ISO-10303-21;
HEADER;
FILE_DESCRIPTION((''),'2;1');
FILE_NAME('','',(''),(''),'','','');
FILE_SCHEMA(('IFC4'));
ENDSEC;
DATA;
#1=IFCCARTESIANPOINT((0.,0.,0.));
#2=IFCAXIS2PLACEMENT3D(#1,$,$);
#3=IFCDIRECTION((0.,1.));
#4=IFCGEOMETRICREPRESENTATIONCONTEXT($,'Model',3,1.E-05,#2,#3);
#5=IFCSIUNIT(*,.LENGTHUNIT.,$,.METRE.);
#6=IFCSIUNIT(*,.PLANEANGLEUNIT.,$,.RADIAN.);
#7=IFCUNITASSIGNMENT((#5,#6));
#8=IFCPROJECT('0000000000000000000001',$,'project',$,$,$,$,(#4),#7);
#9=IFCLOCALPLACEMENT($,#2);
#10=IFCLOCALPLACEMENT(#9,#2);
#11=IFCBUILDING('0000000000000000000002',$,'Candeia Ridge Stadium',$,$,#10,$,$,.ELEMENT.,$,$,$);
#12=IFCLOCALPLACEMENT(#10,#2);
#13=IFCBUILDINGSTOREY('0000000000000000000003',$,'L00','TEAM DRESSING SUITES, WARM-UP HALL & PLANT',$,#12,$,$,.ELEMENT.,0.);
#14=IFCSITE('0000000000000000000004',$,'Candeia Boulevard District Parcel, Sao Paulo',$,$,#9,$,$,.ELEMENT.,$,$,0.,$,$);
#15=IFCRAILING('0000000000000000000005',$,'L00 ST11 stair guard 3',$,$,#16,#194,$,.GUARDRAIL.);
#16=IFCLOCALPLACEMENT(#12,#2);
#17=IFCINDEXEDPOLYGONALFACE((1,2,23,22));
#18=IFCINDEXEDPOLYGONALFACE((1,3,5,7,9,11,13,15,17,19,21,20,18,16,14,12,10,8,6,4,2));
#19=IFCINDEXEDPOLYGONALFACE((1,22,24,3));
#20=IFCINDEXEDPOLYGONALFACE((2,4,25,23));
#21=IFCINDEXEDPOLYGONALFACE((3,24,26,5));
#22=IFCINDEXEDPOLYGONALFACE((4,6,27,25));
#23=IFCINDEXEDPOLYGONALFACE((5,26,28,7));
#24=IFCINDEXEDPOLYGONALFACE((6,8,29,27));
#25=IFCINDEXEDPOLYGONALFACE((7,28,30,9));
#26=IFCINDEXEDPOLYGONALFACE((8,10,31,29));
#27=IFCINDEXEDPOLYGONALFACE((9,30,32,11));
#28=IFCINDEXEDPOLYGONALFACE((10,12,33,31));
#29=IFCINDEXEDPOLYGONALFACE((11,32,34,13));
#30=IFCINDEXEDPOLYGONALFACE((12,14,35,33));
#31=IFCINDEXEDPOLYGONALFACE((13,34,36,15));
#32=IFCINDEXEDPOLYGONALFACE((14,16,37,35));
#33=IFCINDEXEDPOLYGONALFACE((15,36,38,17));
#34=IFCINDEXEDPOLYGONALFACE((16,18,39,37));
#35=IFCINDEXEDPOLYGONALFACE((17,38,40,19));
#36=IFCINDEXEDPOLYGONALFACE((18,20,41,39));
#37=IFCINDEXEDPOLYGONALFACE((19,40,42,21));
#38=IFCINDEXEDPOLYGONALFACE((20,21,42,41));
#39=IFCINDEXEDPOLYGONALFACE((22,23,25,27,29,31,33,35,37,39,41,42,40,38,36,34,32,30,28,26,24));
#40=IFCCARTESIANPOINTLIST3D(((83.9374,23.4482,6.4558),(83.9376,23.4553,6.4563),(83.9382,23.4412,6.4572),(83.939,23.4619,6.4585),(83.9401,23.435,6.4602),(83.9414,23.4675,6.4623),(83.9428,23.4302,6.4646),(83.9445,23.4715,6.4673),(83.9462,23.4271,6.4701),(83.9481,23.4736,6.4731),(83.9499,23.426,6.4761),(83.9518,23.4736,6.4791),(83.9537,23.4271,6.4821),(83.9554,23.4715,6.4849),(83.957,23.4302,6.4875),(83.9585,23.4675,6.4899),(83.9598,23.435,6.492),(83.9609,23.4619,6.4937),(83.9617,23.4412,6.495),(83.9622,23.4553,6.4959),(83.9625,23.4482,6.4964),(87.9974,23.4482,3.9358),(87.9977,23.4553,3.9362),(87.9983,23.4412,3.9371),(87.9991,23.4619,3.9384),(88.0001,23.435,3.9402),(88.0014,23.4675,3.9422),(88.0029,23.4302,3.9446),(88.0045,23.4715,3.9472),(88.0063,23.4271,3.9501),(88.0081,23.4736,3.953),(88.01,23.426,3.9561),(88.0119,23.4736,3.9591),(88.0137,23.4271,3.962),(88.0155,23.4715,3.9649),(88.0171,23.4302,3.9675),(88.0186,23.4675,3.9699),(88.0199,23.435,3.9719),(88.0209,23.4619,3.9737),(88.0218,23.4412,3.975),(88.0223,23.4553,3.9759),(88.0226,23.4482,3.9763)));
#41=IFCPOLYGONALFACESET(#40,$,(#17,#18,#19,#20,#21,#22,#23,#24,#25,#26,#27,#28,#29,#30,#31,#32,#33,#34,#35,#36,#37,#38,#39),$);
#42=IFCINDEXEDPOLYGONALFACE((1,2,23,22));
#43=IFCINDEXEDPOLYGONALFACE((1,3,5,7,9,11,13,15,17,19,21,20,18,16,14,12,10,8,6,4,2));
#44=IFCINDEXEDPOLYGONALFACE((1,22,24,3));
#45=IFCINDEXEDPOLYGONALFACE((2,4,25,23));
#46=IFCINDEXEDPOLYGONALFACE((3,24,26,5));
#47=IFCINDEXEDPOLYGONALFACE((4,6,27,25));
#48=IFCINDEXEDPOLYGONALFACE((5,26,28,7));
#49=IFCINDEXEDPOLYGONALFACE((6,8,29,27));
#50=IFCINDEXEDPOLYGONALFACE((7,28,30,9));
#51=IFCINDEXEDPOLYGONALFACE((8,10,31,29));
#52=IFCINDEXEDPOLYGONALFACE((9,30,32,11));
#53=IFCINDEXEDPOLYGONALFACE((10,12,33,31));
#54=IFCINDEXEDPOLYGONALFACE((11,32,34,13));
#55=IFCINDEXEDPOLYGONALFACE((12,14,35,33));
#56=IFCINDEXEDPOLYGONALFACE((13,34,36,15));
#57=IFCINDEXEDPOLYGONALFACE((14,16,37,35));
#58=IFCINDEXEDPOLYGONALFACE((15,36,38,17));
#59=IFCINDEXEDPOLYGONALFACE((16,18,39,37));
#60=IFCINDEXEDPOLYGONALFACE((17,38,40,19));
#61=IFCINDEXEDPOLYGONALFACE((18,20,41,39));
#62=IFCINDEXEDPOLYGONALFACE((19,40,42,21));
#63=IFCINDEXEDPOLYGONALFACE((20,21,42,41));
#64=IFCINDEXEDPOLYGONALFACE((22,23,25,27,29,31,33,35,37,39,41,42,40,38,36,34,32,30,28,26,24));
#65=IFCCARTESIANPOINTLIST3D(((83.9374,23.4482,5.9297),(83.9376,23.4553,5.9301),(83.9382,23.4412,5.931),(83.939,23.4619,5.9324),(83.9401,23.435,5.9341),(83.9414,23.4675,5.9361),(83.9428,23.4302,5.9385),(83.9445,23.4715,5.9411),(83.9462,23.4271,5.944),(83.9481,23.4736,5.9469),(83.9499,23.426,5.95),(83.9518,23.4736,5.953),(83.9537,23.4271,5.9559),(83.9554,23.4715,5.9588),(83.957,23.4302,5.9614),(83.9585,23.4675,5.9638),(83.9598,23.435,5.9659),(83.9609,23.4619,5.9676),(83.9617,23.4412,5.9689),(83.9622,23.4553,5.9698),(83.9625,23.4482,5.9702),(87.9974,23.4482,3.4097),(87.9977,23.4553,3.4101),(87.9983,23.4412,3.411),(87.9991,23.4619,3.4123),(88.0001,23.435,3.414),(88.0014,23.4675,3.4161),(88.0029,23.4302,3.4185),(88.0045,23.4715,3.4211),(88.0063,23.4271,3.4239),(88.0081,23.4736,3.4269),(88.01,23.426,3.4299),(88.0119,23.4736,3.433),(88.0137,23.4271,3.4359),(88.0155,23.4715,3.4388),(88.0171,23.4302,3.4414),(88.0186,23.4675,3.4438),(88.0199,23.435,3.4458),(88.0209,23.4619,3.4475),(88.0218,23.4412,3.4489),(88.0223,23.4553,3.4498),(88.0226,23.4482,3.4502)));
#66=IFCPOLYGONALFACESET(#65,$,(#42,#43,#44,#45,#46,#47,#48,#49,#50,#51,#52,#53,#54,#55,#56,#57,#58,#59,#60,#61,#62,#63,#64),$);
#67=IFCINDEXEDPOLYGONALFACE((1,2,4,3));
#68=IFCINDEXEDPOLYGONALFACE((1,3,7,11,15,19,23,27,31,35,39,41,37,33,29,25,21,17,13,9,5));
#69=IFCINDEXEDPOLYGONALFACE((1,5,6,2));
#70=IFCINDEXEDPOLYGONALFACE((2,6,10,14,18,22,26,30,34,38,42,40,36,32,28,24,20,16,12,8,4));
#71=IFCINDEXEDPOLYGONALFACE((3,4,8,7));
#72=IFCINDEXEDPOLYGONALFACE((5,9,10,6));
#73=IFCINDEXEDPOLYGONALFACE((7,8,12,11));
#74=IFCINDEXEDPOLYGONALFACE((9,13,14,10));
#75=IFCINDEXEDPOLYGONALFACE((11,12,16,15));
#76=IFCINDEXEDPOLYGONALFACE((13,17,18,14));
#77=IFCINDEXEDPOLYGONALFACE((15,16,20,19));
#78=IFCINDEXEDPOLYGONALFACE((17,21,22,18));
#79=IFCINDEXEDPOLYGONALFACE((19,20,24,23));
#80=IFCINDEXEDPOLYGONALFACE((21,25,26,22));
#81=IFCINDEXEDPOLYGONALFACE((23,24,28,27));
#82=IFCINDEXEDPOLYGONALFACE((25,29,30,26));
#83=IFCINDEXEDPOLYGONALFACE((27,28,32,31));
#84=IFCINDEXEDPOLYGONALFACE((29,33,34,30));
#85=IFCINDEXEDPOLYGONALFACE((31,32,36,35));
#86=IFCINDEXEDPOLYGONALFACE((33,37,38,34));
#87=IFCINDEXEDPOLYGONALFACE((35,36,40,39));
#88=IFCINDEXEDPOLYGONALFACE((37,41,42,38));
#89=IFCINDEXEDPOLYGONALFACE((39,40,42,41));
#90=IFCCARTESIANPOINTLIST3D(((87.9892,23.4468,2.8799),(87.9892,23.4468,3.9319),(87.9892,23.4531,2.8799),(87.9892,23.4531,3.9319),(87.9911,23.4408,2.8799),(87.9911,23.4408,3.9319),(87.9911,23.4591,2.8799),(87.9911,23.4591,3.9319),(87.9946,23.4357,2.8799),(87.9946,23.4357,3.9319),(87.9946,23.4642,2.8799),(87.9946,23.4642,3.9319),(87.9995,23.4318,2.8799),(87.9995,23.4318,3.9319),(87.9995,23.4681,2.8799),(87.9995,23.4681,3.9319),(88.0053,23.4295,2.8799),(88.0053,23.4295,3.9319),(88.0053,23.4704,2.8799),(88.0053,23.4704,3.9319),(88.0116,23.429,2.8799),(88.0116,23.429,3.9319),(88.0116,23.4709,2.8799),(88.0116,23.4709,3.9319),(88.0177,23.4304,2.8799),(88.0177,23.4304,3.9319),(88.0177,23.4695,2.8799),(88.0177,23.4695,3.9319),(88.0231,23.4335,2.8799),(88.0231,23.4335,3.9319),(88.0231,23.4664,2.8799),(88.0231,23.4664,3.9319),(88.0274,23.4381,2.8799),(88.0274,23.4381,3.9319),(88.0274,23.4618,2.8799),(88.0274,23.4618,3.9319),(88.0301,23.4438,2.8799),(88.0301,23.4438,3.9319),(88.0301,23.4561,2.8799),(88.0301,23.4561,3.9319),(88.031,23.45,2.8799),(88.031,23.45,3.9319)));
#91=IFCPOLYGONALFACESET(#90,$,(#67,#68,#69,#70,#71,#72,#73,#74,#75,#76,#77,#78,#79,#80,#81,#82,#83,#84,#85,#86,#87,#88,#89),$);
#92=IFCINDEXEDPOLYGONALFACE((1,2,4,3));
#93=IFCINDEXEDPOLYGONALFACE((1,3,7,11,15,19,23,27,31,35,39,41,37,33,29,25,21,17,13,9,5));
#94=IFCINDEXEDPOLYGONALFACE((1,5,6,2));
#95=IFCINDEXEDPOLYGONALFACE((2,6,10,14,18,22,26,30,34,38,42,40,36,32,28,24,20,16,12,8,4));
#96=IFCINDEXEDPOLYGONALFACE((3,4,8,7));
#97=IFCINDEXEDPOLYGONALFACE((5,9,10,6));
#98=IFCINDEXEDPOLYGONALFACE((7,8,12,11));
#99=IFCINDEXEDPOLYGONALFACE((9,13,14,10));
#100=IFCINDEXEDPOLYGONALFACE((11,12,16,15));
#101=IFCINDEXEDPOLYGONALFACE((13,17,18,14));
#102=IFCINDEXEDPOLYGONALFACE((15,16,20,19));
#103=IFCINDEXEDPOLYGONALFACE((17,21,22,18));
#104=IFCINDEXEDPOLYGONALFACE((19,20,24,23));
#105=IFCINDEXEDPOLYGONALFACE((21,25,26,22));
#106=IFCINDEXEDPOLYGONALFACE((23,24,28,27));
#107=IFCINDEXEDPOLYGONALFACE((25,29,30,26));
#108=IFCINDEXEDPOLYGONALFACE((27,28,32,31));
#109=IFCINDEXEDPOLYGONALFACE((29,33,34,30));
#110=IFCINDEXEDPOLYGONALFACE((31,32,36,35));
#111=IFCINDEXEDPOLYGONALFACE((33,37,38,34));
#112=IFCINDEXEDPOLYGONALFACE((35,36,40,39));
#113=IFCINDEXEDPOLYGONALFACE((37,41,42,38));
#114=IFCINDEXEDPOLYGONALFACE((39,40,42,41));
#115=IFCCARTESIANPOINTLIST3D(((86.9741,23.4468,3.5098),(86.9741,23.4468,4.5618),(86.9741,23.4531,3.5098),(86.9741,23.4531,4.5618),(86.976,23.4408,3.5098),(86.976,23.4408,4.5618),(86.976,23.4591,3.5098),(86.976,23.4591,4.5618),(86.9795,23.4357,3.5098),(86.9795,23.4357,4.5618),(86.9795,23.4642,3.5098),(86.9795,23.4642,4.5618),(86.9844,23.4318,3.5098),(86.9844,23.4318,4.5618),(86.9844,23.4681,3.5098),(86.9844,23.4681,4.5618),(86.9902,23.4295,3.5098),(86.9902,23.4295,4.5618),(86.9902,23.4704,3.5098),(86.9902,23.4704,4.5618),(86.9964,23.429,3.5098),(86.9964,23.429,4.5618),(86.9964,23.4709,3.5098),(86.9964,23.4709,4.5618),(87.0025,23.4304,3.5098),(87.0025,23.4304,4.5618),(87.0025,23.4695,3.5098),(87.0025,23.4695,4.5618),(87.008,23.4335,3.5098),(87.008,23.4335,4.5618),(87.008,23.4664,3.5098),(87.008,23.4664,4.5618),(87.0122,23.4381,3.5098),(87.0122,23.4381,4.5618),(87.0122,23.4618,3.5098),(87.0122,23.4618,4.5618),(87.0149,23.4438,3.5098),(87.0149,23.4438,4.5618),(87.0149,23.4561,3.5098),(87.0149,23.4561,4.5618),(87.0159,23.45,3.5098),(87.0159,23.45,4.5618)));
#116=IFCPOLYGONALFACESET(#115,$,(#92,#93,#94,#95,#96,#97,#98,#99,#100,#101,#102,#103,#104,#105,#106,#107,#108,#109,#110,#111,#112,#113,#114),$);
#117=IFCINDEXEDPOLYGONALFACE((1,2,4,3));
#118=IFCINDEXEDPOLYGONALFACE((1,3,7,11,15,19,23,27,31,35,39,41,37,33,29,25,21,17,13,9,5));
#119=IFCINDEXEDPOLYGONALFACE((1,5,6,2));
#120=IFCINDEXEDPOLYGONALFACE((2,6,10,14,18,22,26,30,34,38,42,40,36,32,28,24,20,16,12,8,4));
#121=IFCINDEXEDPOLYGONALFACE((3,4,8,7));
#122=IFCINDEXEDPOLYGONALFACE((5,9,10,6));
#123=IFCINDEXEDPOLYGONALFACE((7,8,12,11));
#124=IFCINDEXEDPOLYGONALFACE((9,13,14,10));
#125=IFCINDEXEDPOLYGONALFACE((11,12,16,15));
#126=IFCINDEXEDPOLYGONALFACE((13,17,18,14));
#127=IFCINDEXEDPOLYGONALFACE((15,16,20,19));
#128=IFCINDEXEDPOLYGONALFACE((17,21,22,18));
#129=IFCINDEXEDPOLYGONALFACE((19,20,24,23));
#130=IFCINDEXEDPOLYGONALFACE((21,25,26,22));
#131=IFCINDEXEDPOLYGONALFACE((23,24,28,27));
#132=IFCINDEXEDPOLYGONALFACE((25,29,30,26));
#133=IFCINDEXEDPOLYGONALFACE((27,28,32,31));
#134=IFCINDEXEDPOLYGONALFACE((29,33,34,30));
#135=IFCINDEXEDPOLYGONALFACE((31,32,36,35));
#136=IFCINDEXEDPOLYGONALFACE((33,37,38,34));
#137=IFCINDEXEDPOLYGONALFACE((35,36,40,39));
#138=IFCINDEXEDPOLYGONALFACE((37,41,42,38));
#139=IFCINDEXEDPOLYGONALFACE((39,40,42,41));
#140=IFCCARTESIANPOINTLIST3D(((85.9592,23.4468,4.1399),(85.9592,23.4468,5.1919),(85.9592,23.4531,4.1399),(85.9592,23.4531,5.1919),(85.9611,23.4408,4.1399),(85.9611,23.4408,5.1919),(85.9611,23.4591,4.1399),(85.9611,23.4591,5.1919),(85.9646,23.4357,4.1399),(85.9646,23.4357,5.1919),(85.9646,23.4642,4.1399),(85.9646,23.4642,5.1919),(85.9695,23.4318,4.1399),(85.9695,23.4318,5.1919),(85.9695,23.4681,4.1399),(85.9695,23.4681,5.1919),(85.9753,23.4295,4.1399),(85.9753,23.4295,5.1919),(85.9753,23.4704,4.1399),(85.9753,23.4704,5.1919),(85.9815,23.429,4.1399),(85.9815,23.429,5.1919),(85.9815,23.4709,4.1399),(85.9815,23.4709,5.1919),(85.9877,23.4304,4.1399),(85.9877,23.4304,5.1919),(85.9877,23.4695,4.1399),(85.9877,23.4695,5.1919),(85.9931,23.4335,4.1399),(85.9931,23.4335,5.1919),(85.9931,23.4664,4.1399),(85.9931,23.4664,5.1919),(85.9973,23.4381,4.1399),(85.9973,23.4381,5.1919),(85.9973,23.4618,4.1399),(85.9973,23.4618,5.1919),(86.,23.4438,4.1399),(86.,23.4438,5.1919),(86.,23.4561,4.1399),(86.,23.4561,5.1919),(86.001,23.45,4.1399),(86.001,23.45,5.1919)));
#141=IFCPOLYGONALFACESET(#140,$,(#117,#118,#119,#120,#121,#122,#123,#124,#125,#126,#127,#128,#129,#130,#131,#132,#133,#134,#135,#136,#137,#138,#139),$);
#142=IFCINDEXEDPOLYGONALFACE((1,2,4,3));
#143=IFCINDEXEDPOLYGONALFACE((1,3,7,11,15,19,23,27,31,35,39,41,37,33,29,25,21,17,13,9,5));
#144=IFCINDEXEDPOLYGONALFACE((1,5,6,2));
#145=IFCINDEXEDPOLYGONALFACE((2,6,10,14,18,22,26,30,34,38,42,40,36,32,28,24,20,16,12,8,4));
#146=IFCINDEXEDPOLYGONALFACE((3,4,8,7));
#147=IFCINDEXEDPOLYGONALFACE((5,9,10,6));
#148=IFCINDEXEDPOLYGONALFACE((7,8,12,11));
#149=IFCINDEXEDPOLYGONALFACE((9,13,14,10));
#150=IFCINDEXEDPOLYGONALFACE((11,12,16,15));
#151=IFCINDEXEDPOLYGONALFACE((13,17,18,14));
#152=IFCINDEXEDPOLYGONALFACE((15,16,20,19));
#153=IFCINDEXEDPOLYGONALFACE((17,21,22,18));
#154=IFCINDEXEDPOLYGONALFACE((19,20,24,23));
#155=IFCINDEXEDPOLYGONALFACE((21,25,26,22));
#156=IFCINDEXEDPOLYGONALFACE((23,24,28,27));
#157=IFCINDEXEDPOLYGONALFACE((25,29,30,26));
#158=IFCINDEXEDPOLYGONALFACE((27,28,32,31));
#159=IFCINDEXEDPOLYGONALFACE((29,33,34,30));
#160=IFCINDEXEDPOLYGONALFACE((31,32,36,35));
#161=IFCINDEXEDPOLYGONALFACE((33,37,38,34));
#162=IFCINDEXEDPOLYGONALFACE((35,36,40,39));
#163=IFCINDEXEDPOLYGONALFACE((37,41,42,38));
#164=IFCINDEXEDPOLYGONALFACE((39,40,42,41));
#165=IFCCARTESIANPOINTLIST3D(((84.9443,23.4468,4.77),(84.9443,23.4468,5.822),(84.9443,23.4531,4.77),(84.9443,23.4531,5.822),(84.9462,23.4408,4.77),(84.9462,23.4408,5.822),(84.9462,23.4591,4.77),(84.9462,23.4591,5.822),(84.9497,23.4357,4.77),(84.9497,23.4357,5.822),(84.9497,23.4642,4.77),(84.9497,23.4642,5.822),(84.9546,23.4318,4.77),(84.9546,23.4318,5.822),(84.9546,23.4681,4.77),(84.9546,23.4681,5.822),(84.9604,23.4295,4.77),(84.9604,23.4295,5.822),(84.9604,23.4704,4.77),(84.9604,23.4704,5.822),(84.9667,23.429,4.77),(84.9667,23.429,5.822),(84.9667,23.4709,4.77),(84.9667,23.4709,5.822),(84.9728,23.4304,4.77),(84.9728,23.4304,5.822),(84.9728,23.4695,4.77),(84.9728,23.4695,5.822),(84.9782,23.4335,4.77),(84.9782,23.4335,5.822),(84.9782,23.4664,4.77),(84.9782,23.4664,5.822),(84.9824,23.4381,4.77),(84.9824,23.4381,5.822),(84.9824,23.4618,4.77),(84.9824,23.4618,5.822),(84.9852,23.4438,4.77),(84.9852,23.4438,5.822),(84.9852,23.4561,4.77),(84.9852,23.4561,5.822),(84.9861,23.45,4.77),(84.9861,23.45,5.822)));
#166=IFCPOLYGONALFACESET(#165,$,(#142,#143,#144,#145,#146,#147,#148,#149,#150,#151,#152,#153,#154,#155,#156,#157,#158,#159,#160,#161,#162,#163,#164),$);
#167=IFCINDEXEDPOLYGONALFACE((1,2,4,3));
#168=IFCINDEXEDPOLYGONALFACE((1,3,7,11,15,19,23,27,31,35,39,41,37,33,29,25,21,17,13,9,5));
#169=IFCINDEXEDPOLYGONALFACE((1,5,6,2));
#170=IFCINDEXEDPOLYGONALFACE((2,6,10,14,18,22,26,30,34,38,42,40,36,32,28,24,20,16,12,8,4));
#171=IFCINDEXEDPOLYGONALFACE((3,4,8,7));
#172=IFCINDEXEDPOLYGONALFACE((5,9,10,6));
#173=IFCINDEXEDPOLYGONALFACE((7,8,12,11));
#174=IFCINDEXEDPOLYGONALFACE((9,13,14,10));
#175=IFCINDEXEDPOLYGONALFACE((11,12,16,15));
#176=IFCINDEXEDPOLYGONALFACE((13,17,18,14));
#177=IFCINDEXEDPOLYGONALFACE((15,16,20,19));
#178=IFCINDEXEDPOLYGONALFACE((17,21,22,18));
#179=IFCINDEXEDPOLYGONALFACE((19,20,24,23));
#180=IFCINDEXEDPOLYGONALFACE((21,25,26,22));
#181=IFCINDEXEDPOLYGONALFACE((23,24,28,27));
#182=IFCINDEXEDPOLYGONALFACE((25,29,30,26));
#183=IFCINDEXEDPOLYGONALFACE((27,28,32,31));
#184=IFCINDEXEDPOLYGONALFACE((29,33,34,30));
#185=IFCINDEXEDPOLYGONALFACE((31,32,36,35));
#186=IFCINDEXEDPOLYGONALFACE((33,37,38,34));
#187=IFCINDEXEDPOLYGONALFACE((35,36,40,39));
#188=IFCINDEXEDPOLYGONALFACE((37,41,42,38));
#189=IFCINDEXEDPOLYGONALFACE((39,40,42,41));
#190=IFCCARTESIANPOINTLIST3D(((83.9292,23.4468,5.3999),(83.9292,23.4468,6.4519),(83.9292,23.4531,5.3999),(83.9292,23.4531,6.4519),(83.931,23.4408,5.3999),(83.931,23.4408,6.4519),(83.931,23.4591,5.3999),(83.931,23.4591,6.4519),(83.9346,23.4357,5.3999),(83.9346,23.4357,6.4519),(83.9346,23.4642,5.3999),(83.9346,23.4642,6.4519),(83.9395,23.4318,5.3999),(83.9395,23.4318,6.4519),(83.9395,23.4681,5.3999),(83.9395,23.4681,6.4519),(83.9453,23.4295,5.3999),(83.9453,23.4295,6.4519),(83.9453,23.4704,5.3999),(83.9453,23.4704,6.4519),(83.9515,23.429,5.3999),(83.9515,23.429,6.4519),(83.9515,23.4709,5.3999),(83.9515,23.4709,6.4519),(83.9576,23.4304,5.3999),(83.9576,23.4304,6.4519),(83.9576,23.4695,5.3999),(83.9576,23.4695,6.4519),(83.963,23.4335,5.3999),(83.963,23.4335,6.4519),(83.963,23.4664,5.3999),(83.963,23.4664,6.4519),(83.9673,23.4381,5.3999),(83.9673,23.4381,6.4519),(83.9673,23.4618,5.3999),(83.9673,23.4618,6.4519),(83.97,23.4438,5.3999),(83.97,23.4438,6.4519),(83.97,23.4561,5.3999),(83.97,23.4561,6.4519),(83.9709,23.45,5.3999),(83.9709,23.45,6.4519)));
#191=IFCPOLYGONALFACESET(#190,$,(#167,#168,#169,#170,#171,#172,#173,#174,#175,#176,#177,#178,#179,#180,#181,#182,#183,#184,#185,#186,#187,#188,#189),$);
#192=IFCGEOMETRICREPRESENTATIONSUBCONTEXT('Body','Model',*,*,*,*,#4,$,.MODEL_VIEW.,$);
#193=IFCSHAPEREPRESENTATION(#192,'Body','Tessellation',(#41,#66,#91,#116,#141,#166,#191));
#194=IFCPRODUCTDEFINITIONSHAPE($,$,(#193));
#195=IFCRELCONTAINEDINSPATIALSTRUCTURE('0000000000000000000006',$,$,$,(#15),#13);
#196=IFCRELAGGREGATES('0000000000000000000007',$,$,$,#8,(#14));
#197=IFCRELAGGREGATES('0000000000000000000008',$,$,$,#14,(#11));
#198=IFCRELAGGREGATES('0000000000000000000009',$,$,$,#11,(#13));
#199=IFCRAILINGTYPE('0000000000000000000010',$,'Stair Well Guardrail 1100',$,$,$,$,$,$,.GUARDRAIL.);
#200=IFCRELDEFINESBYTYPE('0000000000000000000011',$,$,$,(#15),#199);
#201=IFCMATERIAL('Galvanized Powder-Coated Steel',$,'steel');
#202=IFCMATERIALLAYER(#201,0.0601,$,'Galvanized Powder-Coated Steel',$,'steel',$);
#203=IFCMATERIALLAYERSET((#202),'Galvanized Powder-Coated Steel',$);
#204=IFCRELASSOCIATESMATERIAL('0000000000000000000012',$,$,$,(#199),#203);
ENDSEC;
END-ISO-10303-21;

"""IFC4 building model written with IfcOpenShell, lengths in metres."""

from ifc_helpers import new_model, si_unit, direction, frame, origin, origin_2d, place, context, subcontext, project, spatial, circle, extrude, material, layer, layer_set, type_object, element, save


model = new_model("IFC4")

# Units and contexts
model_context = context("Model", 3, precision=1e-05, world=origin(), true_north=direction((0.0, 1.0)))
body_context = subcontext(model_context, "Body", "Model", "MODEL_VIEW")
ifc_project = project(units=[si_unit("LENGTHUNIT", "METRE"), si_unit("PLANEANGLEUNIT", "RADIAN")], contexts=[model_context])

# Site, building, storey
site_placement = place(None, origin())
site = spatial("IfcSite", under=ifc_project, at=site_placement, Name="Candeia Boulevard District Parcel, Sao Paulo", CompositionType="ELEMENT", RefElevation=0.0)
building_placement = place(site_placement, origin())
building = spatial("IfcBuilding", under=site, at=building_placement, Name="Candeia Ridge Stadium", CompositionType="ELEMENT")
storey_placement = place(building_placement, origin())
storey = spatial("IfcBuildingStorey", under=building, at=storey_placement, Name="L00", Description="TEAM DRESSING SUITES, WARM-UP HALL & PLANT", CompositionType="ELEMENT", Elevation=0.0)

# Railing
ifc_material_1 = material(Name="Galvanized Powder-Coated Steel", Category="steel")
ifc_layer_1 = layer(ifc_material_1, 0.0601, Name="Galvanized Powder-Coated Steel", Category="steel")
ifc_layer_set_1 = layer_set([ifc_layer_1], Name="Galvanized Powder-Coated Steel")
railing_type_1 = type_object("IfcRailingType", Name="Stair Well Guardrail 1100", PredefinedType="GUARDRAIL", material=ifc_layer_set_1)
railing_1_placement = place(storey_placement, frame((88.01, 23.45, 2.8799)))
element("IfcRailing", 1, at=railing_1_placement, inside=storey, type_object=railing_type_1, Name="L00 ST11 stair guard 3", PredefinedType="GUARDRAIL", context=body_context, shape_type="SweptSolid", body=[
    extrude(circle(Radius=0.0239, at=origin_2d()), frame((0.0, 0.0, 1.0762), z_axis=(-0.849642, 0.0, 0.52736), x_axis=(0.0, -1.0, 0.0)), (0.0, 0.0, 1.0), 4.7786),
    extrude(circle(Radius=0.0239, at=origin_2d()), frame((0.0, 0.0, 0.55), z_axis=(-0.849642, 0.0, 0.52736), x_axis=(0.0, -1.0, 0.0)), (0.0, 0.0, 1.0), 4.7786),
    extrude(circle(Radius=0.021, at=origin_2d()), origin(), (0.0, 0.0, 1.0), 1.052),
    extrude(circle(Radius=0.021, at=origin_2d()), frame((-1.0151, 0.0, 0.6299)), (0.0, 0.0, 1.0), 1.052),
    extrude(circle(Radius=0.021, at=origin_2d()), frame((-2.03, 0.0, 1.26)), (0.0, 0.0, 1.0), 1.052),
    extrude(circle(Radius=0.021, at=origin_2d()), frame((-3.0449, 0.0, 1.8901)), (0.0, 0.0, 1.0), 1.052),
    extrude(circle(Radius=0.021, at=origin_2d()), frame((-4.0601, 0.0, 2.52)), (0.0, 0.0, 1.0), 1.052),
])

save(model, "model.ifc")
